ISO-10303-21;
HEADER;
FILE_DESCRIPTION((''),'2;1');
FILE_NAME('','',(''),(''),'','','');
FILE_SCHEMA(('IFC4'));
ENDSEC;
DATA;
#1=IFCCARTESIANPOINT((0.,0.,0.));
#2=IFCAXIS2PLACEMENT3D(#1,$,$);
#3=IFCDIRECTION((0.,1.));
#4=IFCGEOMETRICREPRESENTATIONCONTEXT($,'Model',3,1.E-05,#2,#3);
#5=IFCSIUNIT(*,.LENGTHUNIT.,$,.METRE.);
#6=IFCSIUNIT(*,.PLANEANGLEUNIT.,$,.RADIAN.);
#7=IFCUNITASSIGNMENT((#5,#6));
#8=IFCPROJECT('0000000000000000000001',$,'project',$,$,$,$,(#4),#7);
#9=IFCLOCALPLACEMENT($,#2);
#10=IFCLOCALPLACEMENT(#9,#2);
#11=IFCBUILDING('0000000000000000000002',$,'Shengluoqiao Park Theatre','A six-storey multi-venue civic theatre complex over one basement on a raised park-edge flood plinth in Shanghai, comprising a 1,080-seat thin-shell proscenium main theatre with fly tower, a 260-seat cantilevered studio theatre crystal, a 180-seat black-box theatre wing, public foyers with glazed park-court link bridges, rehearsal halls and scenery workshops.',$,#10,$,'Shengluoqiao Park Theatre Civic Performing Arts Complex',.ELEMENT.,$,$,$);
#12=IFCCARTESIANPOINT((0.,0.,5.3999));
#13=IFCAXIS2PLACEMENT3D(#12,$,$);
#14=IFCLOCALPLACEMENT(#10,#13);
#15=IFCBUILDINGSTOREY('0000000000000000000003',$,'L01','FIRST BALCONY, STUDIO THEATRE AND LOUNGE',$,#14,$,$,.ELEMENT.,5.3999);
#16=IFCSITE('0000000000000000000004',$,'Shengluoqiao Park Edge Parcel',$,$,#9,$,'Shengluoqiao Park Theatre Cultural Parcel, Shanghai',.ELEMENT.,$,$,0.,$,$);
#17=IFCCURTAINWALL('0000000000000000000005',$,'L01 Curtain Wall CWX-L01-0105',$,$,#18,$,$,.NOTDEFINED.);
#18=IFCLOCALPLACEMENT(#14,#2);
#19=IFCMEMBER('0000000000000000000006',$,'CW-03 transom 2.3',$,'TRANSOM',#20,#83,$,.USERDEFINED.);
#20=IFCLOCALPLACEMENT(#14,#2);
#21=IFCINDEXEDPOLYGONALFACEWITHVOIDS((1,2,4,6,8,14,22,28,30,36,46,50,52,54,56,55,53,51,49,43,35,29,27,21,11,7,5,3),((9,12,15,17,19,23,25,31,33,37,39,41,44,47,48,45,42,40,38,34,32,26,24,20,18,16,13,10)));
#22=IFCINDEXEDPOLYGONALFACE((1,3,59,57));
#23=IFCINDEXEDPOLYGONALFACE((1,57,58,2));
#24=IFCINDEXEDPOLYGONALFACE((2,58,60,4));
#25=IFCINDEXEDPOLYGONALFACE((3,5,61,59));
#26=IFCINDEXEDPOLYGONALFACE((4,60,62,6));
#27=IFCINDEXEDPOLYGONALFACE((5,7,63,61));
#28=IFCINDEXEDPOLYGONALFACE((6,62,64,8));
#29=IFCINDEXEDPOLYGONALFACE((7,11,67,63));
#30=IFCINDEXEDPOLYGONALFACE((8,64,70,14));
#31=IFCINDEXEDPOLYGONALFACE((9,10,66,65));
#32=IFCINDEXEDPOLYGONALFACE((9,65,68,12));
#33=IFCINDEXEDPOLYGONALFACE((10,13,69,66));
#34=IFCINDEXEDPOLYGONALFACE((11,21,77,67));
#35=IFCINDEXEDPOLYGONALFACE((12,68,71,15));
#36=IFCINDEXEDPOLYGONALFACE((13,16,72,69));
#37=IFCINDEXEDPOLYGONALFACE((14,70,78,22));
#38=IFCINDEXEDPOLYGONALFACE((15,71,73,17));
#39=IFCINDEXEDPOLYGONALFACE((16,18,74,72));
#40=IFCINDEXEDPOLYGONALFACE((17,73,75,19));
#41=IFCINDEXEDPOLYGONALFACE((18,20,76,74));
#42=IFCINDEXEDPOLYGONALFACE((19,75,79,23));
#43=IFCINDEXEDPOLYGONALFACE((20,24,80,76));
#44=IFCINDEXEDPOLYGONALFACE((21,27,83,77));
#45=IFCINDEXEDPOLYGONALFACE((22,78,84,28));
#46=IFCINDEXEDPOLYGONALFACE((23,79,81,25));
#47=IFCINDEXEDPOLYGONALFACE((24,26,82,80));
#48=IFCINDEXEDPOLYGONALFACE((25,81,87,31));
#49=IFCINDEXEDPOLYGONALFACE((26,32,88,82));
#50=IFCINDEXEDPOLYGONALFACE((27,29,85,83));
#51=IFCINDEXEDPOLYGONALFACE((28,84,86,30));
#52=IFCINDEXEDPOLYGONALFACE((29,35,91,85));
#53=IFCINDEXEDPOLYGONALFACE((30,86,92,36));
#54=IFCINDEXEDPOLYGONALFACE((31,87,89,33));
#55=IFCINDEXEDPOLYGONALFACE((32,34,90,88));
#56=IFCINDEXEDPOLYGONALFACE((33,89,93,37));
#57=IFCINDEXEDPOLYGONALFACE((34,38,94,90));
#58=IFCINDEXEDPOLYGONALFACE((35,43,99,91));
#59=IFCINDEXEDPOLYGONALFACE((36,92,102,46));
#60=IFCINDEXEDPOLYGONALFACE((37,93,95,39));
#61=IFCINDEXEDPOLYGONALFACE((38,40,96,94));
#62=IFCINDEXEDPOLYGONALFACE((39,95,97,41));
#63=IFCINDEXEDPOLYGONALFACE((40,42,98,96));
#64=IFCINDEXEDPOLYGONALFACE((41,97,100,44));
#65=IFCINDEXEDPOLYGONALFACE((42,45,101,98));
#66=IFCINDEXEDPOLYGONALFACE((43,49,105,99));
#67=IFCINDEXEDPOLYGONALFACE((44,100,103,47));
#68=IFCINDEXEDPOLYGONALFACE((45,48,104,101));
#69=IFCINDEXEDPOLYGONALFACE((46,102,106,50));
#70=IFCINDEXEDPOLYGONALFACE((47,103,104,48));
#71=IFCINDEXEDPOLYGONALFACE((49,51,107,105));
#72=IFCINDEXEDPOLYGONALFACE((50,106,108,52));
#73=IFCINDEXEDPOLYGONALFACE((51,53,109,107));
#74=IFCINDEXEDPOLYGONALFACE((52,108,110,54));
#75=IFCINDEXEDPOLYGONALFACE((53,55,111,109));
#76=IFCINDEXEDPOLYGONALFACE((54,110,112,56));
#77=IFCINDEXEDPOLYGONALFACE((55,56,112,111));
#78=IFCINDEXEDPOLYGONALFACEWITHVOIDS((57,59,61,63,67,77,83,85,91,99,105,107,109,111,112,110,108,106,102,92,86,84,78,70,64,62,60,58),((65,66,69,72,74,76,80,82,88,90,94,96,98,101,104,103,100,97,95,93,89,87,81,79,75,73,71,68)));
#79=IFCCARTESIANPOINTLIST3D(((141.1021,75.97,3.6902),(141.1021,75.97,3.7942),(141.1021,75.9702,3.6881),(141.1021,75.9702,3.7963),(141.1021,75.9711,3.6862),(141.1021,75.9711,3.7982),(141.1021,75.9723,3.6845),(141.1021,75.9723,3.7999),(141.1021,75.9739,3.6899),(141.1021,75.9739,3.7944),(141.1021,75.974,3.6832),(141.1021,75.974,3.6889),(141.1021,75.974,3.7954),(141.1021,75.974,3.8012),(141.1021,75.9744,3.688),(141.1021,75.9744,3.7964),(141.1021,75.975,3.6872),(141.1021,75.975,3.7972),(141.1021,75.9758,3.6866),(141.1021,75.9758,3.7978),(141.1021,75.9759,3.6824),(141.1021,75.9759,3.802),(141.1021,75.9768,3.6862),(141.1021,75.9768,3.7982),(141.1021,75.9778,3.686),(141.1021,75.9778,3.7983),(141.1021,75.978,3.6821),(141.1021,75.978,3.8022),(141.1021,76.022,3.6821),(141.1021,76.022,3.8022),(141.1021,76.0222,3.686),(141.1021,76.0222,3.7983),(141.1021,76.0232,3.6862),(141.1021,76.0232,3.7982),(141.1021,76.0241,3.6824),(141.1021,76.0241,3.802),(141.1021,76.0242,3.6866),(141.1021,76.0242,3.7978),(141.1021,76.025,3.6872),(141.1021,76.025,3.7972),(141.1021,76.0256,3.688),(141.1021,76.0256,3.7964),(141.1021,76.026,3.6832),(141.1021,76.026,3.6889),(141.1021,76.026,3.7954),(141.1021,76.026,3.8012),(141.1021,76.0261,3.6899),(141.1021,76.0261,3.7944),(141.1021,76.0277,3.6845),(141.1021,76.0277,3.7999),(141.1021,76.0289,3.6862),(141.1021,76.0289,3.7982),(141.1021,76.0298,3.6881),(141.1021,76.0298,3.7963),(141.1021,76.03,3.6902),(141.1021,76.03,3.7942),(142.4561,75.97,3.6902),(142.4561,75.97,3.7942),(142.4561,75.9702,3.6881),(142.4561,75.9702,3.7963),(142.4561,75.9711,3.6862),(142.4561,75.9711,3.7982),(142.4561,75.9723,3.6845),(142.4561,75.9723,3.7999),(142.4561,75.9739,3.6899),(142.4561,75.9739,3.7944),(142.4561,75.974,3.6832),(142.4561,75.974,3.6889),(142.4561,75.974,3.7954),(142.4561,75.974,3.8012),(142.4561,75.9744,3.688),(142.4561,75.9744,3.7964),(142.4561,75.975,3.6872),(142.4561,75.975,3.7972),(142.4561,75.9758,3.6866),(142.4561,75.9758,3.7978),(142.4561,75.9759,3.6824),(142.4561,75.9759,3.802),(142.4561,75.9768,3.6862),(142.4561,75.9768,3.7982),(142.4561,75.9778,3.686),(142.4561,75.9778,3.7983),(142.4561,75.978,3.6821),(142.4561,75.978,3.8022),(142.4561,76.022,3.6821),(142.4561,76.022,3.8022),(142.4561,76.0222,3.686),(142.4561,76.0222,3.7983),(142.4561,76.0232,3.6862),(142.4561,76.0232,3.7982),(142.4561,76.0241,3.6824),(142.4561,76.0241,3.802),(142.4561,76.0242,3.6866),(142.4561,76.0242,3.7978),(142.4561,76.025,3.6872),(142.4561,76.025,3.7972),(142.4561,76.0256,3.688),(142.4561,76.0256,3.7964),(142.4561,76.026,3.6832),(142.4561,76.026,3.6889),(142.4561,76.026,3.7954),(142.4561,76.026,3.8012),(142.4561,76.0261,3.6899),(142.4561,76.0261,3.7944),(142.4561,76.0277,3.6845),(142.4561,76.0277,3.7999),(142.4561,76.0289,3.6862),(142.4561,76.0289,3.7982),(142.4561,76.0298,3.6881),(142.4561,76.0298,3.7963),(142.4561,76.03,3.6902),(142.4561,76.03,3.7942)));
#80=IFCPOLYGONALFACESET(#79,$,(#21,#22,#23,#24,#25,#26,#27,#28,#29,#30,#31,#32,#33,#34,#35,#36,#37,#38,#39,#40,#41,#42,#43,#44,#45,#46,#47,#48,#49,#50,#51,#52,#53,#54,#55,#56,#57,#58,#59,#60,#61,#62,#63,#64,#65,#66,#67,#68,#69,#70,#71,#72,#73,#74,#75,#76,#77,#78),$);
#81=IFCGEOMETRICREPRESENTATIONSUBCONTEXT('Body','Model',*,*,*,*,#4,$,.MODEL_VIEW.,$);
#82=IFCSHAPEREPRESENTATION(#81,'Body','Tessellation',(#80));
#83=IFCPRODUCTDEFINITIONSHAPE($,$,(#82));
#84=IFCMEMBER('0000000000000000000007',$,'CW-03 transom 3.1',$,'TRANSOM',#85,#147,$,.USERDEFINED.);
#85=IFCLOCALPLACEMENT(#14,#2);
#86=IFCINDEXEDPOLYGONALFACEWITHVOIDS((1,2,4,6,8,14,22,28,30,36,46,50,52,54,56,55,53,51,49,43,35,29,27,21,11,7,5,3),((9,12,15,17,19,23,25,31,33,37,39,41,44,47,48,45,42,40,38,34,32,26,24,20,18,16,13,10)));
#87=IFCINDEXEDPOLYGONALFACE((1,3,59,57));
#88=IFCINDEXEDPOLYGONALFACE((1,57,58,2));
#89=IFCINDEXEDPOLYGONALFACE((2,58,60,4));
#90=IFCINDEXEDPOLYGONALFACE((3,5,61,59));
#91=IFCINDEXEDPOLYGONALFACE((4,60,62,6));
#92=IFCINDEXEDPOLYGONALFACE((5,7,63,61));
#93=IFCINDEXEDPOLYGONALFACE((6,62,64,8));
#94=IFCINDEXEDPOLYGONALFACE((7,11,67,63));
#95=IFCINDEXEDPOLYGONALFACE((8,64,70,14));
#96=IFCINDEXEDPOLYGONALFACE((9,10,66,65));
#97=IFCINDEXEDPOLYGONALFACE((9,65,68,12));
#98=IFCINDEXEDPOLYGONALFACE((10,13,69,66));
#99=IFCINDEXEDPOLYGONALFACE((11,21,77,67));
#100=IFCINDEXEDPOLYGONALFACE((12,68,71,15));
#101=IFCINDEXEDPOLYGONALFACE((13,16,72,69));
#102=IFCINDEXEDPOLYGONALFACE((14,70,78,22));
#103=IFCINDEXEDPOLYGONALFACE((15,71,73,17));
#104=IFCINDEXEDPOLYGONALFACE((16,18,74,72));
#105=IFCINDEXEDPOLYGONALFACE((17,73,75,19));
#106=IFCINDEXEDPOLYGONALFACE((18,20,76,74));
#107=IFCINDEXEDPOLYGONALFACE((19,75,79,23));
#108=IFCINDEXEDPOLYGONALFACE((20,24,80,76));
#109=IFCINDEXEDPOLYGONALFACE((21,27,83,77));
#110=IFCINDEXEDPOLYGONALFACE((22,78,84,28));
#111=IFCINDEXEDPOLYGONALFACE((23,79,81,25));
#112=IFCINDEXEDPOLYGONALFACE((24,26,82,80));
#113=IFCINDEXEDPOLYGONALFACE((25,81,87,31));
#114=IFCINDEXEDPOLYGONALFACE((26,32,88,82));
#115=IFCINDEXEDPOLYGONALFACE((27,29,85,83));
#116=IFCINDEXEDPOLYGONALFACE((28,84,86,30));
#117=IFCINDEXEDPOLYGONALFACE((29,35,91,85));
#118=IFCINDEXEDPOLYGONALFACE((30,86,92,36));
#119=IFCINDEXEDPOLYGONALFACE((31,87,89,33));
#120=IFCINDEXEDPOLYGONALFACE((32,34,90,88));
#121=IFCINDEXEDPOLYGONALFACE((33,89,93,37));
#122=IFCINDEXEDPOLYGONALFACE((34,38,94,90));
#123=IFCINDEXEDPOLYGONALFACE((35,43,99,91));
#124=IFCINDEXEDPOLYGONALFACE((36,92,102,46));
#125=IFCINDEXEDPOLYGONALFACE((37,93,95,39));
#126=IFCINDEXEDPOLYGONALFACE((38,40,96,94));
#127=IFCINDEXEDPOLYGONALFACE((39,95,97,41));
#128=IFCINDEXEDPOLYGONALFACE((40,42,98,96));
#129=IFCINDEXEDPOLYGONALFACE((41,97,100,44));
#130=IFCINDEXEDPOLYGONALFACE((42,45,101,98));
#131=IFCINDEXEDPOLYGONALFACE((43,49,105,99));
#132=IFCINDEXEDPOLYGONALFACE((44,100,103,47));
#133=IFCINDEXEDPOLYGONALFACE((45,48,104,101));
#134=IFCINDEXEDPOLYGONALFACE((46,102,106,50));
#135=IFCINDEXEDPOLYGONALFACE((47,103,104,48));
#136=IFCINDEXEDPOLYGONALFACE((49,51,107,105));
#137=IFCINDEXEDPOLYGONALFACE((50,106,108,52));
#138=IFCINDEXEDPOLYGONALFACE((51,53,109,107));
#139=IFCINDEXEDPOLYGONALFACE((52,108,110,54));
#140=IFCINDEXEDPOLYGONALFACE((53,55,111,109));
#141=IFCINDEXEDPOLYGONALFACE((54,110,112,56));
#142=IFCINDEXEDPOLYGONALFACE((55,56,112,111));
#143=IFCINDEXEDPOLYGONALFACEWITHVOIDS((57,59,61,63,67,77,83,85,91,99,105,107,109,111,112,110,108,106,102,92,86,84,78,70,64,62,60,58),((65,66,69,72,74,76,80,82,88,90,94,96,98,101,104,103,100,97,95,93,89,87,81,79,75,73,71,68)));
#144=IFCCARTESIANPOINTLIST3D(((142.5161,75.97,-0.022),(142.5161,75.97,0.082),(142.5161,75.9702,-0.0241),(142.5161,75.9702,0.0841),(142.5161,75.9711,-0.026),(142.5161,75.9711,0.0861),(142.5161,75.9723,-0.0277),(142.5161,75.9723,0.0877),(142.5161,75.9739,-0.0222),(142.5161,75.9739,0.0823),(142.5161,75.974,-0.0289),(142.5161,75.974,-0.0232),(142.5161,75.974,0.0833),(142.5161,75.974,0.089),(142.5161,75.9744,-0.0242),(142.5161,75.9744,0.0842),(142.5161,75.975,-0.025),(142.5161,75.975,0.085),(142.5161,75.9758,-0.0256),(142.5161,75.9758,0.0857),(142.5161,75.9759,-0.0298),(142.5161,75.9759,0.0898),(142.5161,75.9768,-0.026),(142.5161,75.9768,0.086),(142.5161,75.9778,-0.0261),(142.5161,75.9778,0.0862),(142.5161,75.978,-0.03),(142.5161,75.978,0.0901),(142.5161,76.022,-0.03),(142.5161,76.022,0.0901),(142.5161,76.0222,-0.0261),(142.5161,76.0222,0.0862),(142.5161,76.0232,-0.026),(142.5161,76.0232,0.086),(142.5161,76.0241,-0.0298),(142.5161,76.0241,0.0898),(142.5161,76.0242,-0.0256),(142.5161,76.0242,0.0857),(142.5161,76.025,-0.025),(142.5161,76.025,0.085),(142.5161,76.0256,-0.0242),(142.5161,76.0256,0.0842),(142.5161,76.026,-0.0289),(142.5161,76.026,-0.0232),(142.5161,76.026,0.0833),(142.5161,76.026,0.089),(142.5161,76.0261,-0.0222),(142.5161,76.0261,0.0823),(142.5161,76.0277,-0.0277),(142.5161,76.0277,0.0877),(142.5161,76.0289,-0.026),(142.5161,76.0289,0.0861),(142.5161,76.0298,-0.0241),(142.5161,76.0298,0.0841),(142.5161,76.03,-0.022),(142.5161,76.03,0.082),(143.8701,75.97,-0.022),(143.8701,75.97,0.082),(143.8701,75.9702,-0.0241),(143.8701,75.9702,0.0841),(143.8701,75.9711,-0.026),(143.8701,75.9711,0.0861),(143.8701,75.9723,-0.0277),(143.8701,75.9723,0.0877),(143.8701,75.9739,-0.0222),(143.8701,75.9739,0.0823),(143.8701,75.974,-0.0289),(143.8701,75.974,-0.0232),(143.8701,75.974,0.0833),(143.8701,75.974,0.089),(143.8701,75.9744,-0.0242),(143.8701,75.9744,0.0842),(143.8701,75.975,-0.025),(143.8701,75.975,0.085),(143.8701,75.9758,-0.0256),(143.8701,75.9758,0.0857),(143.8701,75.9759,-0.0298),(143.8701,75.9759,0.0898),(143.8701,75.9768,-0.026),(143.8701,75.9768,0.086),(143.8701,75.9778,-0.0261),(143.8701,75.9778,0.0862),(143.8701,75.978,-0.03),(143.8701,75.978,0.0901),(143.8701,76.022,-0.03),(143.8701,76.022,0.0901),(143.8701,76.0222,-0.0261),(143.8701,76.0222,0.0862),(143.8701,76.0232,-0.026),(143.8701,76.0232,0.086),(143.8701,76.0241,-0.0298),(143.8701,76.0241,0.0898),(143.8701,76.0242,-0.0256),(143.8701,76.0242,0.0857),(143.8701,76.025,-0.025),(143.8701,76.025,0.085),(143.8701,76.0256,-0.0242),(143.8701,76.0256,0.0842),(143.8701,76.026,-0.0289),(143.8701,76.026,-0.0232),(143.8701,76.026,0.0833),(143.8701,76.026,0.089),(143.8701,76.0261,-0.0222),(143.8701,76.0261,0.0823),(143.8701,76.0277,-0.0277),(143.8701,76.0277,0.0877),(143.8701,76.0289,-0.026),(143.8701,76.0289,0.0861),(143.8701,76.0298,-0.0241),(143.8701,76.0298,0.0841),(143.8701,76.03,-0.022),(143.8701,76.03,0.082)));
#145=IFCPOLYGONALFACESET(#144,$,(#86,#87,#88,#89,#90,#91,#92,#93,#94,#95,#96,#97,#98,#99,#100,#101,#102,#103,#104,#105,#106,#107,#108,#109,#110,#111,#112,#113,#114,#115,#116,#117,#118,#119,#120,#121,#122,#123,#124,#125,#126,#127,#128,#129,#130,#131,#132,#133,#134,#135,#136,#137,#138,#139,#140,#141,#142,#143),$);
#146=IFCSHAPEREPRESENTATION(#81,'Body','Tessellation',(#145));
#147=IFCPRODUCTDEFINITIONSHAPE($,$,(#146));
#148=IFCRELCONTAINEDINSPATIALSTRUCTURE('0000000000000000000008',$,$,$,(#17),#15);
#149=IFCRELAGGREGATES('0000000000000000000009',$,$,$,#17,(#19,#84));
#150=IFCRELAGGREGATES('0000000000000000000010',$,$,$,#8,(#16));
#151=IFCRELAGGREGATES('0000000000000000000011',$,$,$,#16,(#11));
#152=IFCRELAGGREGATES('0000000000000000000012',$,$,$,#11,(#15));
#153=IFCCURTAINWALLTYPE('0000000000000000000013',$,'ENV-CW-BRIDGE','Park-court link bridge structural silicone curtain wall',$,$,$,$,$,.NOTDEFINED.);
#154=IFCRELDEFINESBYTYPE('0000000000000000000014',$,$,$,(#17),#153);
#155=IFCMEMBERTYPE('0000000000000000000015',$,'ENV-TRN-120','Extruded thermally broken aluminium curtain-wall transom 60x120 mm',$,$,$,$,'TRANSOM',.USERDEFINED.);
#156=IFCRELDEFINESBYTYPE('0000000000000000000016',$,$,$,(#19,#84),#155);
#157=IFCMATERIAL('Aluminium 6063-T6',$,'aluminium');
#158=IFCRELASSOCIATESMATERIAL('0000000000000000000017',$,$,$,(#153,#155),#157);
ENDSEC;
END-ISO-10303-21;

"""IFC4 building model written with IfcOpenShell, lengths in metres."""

from ifc_helpers import new_model, si_unit, direction, frame, origin, origin_2d, place, context, subcontext, project, spatial, hollow_rectangle, extrude, material, material_profile, profile_set, type_object, element, aggregate, save


model = new_model("IFC4")

# Units and contexts
model_context = context("Model", 3, precision=1e-05, world=origin(), true_north=direction((0.0, 1.0)))
body_context = subcontext(model_context, "Body", "Model", "MODEL_VIEW")
ifc_project = project(units=[si_unit("LENGTHUNIT", "METRE"), si_unit("PLANEANGLEUNIT", "RADIAN")], contexts=[model_context])

# Site, building, storey
site_placement = place(None, origin())
site = spatial("IfcSite", under=ifc_project, at=site_placement, Name="Shengluoqiao Park Edge Parcel", LongName="Shengluoqiao Park Theatre Cultural Parcel, Shanghai", CompositionType="ELEMENT", RefElevation=0.0)
building_placement = place(site_placement, origin())
building = spatial("IfcBuilding", under=site, at=building_placement, Name="Shengluoqiao Park Theatre", Description="A six-storey multi-venue civic theatre complex over one basement on a raised park-edge flood plinth in Shanghai, comprising a 1,080-seat thin-shell proscenium main theatre with fly tower, a 260-seat cantilevered studio theatre crystal, a 180-seat black-box theatre wing, public foyers with glazed park-court link bridges, rehearsal halls and scenery workshops.", LongName="Shengluoqiao Park Theatre Civic Performing Arts Complex", CompositionType="ELEMENT")
storey_placement = place(building_placement, frame((0.0, 0.0, 5.3999)))
storey = spatial("IfcBuildingStorey", under=building, at=storey_placement, Name="L01", Description="FIRST BALCONY, STUDIO THEATRE AND LOUNGE", CompositionType="ELEMENT", Elevation=5.3999)

# Curtain wall, members
ifc_material_1 = material(Name="Aluminium 6063-T6", Category="aluminium")
curtain_wall_type = type_object("IfcCurtainWallType", Name="ENV-CW-BRIDGE", Description="Park-court link bridge structural silicone curtain wall", PredefinedType="NOTDEFINED", material=ifc_material_1)
curtain_wall_placement = place(storey_placement, origin())
curtain_wall = element("IfcCurtainWall", 1, at=curtain_wall_placement, inside=storey, type_object=curtain_wall_type, Name="L01 Curtain Wall CWX-L01-0105", PredefinedType="NOTDEFINED")
ifc_material_profile_1 = material_profile(ifc_material_1, hollow_rectangle(XDim=0.0601, YDim=0.1201, WallThickness=0.0039, InnerFilletRadius=0.0039, OuterFilletRadius=0.0081, at=origin_2d()), Name="ALU TRANSOM 120x60x4")
ifc_profile_set_1 = profile_set([ifc_material_profile_1], Name="Aluminium 6063-T6")
member_type_1 = type_object("IfcMemberType", Name="ENV-TRN-120", Description="Extruded thermally broken aluminium curtain-wall transom 60x120 mm", ElementType="TRANSOM", PredefinedType="USERDEFINED", material=ifc_profile_set_1)
member_1_placement = place(storey_placement, frame((141.1021, 76.0, 3.7422), z_axis=(1.0, 0.0, 0.0), x_axis=(0.0, 1.0, 0.0)))
member_1 = element("IfcMember", 2, at=member_1_placement, type_object=member_type_1, Name="CW-03 transom 2.3", ObjectType="TRANSOM", PredefinedType="USERDEFINED", context=body_context, shape_type="SweptSolid", body=[
    extrude(hollow_rectangle(XDim=0.0601, YDim=0.1201, WallThickness=0.0039, InnerFilletRadius=0.0039, OuterFilletRadius=0.0081, at=origin_2d()), origin(), (0.0, 0.0, 1.0), 1.354),
])
member_2_placement = place(storey_placement, frame((142.5161, 76.0, 0.03), z_axis=(1.0, 0.0, 0.0), x_axis=(0.0, 1.0, 0.0)))
member_2 = element("IfcMember", 3, at=member_2_placement, type_object=member_type_1, Name="CW-03 transom 3.1", ObjectType="TRANSOM", PredefinedType="USERDEFINED", context=body_context, shape_type="SweptSolid", body=[
    extrude(hollow_rectangle(XDim=0.0601, YDim=0.1201, WallThickness=0.0039, InnerFilletRadius=0.0039, OuterFilletRadius=0.0081, at=origin_2d()), origin(), (0.0, 0.0, 1.0), 1.354),
])

aggregate(curtain_wall, [member_1, member_2])

save(model, "model.ifc")
